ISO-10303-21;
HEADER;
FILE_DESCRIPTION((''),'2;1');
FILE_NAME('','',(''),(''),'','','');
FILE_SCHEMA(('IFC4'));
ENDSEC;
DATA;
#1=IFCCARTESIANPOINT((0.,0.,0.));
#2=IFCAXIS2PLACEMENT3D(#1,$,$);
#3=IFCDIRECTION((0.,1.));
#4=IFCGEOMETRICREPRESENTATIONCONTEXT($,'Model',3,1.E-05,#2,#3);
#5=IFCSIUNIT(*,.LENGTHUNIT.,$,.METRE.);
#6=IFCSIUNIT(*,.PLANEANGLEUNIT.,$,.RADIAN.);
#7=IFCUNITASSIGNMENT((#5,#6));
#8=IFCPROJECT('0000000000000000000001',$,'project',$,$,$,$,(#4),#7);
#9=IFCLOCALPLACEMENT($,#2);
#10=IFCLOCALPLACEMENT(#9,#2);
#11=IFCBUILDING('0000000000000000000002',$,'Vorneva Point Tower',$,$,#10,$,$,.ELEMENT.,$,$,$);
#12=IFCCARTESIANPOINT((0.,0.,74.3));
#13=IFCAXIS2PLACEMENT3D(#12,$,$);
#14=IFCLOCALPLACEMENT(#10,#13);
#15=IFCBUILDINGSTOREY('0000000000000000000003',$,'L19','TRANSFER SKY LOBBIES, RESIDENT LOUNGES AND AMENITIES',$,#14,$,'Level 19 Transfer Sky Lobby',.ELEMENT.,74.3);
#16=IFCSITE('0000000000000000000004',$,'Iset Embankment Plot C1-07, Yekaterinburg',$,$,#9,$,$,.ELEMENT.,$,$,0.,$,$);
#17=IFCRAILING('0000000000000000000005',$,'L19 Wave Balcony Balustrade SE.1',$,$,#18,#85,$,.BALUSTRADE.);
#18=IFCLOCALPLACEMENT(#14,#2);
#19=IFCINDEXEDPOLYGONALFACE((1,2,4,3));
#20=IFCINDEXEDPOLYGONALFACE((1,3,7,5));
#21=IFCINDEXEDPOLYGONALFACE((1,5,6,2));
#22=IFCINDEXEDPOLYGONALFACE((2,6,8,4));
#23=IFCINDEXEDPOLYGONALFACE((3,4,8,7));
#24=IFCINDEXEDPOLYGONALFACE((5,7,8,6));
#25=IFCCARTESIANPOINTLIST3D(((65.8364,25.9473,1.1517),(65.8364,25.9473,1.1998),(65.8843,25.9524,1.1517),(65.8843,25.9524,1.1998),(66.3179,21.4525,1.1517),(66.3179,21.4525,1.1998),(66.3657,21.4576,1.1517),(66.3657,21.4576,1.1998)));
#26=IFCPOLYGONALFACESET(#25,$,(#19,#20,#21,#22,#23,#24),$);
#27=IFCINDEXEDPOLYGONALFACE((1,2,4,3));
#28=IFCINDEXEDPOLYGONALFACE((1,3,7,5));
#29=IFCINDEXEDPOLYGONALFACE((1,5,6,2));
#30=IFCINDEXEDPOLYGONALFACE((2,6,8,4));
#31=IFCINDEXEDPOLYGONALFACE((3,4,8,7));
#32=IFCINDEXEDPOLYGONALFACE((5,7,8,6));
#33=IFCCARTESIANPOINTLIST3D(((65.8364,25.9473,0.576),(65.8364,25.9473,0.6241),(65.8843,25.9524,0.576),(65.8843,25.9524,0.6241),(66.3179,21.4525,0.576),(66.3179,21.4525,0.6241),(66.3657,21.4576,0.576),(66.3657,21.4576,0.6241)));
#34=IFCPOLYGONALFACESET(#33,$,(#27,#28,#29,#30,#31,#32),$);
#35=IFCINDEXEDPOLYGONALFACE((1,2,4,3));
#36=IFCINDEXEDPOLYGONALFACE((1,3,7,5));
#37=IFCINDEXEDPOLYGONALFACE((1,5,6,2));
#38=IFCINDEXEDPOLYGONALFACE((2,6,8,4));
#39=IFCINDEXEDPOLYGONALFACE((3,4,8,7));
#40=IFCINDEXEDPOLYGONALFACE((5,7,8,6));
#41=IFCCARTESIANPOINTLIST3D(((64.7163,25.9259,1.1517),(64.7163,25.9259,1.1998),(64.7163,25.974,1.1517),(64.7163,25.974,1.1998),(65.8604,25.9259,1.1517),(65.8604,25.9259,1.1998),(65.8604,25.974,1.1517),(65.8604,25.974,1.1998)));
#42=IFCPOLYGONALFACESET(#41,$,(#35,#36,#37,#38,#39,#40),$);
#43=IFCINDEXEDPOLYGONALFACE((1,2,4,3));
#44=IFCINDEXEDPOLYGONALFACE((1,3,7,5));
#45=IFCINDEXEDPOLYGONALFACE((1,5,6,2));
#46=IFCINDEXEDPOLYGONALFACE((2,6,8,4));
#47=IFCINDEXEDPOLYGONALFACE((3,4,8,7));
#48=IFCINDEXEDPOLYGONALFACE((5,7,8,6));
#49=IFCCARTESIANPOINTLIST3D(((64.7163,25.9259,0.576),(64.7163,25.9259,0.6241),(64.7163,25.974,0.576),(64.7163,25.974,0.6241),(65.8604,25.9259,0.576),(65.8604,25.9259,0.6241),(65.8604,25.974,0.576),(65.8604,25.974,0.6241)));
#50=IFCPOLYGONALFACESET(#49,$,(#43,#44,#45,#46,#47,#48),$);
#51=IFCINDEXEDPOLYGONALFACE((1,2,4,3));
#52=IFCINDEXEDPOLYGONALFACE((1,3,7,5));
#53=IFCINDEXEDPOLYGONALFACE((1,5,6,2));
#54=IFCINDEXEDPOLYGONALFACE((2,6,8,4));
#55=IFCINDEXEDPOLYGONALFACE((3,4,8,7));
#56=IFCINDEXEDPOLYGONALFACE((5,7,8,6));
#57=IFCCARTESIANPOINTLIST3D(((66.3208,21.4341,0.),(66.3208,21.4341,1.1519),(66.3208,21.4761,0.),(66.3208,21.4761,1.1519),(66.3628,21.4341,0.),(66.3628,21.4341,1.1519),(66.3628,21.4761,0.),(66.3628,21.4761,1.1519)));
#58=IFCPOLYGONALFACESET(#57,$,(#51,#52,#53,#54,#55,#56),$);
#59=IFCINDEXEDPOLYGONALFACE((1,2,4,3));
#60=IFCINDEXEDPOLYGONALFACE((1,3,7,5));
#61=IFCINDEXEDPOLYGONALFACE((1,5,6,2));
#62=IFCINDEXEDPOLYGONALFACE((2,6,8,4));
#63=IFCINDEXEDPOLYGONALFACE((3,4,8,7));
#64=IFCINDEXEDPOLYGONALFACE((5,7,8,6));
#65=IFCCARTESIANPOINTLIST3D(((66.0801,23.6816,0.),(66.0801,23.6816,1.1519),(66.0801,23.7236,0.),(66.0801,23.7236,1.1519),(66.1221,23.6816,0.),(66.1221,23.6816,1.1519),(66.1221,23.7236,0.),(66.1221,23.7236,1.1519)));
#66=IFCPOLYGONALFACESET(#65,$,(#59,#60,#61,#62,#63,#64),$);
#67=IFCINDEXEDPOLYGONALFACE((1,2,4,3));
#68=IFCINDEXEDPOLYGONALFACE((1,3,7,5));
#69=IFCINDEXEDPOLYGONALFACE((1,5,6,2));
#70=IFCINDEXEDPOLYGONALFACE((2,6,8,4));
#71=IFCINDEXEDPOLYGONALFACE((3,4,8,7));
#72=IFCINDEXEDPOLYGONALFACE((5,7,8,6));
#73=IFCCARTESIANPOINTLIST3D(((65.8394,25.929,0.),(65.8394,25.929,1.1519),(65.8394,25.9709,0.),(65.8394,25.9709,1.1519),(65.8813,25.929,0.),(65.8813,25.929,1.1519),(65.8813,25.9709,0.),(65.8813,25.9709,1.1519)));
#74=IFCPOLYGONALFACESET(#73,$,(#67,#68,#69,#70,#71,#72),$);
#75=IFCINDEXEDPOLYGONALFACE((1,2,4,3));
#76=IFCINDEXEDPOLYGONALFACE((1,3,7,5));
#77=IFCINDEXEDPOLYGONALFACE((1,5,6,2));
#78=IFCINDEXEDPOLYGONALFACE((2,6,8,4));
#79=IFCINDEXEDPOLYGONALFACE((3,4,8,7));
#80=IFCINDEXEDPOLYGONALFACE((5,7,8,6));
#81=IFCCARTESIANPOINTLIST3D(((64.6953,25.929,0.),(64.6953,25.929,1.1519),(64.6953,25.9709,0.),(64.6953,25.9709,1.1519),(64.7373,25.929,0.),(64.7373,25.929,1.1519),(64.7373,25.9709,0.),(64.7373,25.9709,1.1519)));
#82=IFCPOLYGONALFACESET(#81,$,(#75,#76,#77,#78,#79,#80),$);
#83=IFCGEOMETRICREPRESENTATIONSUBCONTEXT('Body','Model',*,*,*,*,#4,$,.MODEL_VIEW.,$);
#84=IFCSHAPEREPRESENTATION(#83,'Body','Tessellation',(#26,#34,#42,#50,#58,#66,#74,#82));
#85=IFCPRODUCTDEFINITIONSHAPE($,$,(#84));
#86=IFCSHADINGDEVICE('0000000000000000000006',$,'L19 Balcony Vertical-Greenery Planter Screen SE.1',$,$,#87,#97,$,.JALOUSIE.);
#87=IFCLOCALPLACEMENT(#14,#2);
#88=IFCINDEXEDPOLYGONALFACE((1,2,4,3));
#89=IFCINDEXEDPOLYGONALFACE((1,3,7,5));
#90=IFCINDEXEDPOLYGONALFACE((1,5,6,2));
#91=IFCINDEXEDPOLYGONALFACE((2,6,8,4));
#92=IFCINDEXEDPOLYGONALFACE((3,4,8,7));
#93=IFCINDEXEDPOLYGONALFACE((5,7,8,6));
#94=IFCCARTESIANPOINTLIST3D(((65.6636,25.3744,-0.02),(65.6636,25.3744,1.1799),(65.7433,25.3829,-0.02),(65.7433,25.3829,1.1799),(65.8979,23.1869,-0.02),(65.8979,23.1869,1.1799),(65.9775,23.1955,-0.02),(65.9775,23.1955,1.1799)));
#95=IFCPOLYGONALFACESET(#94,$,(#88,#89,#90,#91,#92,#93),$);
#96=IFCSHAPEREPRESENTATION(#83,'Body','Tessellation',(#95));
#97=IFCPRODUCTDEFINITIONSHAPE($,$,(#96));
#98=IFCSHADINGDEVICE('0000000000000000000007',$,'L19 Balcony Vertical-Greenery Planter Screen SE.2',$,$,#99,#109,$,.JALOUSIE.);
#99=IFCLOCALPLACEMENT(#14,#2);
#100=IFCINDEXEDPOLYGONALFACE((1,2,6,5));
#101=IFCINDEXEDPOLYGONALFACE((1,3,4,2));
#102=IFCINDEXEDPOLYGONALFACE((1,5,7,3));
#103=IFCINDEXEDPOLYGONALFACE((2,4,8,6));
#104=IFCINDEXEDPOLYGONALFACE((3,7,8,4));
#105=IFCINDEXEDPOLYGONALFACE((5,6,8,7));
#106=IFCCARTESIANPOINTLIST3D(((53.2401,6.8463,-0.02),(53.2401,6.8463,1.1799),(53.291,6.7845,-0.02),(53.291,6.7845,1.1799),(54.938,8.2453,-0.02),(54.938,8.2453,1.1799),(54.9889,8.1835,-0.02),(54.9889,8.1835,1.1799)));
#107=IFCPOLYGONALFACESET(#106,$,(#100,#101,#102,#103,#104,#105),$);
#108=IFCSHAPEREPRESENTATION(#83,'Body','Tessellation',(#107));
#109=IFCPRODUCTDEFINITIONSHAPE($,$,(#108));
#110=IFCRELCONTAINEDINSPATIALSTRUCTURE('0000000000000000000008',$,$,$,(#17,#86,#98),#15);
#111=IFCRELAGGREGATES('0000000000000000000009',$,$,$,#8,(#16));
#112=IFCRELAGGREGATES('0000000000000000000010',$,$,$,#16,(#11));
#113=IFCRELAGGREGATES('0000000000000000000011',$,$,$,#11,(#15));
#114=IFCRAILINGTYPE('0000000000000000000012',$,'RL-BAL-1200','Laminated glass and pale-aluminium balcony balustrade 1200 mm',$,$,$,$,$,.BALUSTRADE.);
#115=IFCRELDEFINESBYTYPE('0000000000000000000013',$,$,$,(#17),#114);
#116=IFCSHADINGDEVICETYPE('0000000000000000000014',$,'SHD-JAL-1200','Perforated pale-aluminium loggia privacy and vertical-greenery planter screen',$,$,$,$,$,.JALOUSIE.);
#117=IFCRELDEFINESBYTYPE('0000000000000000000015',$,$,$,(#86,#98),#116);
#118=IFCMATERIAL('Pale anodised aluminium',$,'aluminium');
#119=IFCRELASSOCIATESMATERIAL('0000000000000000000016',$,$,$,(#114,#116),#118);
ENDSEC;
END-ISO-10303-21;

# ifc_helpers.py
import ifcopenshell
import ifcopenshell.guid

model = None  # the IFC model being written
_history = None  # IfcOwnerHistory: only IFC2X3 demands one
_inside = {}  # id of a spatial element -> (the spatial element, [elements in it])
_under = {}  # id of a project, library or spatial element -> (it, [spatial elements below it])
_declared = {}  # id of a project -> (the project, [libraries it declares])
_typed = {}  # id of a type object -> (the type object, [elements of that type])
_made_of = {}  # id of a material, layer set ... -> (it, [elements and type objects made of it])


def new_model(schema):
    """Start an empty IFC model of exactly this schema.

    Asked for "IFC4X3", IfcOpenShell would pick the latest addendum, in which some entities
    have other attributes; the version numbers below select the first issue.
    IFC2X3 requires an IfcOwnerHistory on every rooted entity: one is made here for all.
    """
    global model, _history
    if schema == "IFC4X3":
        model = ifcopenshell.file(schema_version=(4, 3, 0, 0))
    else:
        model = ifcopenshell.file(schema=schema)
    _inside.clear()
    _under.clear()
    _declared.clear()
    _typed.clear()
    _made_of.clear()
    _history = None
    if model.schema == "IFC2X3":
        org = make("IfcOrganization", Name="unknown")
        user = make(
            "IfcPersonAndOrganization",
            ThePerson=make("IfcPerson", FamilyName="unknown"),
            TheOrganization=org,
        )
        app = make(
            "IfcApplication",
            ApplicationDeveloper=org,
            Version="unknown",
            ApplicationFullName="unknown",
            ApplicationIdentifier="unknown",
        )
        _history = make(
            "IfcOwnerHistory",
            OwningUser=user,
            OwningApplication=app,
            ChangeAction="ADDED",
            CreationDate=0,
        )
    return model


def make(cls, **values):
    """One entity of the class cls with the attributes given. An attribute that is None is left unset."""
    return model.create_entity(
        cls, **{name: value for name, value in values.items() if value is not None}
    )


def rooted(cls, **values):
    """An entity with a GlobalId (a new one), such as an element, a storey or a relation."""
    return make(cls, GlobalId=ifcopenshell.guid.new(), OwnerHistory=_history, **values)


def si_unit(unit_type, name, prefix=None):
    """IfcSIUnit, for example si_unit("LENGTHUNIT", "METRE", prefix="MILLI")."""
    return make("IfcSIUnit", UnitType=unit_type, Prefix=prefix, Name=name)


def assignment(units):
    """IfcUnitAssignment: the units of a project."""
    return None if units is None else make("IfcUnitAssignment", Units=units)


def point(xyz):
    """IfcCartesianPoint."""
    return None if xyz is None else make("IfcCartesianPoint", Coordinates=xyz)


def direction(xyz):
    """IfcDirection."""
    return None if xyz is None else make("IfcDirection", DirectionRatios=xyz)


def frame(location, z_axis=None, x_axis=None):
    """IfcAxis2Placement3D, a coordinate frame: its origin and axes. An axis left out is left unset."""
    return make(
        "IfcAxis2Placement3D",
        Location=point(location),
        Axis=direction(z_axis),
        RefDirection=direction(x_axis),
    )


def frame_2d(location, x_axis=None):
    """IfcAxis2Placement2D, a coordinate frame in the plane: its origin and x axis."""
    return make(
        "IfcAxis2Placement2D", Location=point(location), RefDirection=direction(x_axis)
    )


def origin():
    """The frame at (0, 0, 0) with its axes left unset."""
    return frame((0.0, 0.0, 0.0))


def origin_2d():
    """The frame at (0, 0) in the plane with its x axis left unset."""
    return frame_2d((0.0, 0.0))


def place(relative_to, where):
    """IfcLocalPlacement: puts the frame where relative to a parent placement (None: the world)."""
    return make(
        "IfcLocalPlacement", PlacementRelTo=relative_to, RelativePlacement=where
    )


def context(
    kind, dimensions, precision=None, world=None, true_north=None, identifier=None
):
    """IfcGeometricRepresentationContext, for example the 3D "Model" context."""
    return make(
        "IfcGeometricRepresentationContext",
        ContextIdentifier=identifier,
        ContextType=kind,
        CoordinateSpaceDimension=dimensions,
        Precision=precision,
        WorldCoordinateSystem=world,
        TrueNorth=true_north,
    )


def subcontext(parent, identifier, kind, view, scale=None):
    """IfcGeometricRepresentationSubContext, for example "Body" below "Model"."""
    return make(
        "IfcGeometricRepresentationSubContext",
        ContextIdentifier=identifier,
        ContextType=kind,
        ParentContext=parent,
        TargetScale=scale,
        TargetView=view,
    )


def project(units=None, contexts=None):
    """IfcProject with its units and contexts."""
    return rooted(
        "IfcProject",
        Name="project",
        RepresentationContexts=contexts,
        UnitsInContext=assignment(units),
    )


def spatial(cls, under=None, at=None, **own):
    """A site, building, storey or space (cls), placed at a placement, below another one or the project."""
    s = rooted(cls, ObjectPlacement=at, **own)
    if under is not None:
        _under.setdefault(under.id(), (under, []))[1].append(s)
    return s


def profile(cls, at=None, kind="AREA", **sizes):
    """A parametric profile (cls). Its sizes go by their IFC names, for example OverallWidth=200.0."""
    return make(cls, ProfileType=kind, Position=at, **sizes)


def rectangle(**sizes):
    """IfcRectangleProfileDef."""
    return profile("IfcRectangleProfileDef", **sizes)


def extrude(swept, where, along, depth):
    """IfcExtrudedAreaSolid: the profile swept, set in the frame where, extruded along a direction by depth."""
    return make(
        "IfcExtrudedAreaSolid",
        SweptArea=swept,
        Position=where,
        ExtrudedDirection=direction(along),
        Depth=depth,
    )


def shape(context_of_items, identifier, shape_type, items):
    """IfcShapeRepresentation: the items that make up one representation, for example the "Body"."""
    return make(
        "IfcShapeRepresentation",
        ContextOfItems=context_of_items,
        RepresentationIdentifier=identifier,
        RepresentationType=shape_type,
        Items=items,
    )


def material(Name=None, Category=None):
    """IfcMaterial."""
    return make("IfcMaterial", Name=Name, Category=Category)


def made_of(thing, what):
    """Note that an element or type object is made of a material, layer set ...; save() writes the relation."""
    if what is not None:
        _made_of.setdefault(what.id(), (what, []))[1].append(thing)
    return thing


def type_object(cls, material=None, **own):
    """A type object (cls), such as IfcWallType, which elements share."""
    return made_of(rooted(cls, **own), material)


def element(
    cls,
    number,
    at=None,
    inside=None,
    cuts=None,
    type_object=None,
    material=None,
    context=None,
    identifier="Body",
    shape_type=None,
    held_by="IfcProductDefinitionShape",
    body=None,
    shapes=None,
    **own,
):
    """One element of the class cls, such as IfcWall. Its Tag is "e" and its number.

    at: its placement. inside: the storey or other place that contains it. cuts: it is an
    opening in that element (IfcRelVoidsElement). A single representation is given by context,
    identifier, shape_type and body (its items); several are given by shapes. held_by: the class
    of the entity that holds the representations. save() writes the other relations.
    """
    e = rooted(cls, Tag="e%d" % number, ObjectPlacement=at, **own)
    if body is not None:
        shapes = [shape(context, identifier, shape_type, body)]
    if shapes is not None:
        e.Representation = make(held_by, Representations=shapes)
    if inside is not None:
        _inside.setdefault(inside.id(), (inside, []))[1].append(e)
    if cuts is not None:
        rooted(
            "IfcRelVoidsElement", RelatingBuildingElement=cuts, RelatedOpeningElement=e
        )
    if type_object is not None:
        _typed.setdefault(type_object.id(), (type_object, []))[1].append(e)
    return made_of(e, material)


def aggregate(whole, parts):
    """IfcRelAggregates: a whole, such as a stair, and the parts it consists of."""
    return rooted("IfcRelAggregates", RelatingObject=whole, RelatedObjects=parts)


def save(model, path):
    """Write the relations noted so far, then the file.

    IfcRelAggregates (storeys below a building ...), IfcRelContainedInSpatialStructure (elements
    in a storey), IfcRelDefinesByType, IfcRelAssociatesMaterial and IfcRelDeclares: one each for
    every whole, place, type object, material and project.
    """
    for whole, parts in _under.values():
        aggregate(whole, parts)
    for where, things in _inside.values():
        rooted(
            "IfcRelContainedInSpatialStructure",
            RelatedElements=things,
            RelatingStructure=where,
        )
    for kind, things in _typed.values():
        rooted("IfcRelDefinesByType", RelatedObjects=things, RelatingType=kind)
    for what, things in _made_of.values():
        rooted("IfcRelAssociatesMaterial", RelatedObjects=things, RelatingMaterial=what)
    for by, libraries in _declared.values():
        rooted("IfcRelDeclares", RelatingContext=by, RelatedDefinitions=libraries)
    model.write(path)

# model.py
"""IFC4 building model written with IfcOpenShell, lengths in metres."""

from ifc_helpers import new_model, si_unit, direction, frame, origin, origin_2d, place, context, subcontext, project, spatial, rectangle, extrude, material, type_object, element, save


model = new_model("IFC4")

# Units and contexts
model_context = context("Model", 3, precision=1e-05, world=origin(), true_north=direction((0.0, 1.0)))
body_context = subcontext(model_context, "Body", "Model", "MODEL_VIEW")
ifc_project = project(units=[si_unit("LENGTHUNIT", "METRE"), si_unit("PLANEANGLEUNIT", "RADIAN")], contexts=[model_context])

# Site, building, storey
site_placement = place(None, origin())
site = spatial("IfcSite", under=ifc_project, at=site_placement, Name="Iset Embankment Plot C1-07, Yekaterinburg", CompositionType="ELEMENT", RefElevation=0.0)
building_placement = place(site_placement, origin())
building = spatial("IfcBuilding", under=site, at=building_placement, Name="Vorneva Point Tower", CompositionType="ELEMENT")
storey_placement = place(building_placement, frame((0.0, 0.0, 74.3)))
storey = spatial("IfcBuildingStorey", under=building, at=storey_placement, Name="L19", Description="TRANSFER SKY LOBBIES, RESIDENT LOUNGES AND AMENITIES", LongName="Level 19 Transfer Sky Lobby", CompositionType="ELEMENT", Elevation=74.3)

# Shared definitions
ifc_material_1 = material(Name="Pale anodised aluminium", Category="aluminium")

# Railing
railing_type = type_object("IfcRailingType", Name="RL-BAL-1200", Description="Laminated glass and pale-aluminium balcony balustrade 1200 mm", PredefinedType="BALUSTRADE", material=ifc_material_1)
railing_placement = place(storey_placement, frame((66.3418, 21.4551, 0.0)))
element("IfcRailing", 1, at=railing_placement, inside=storey, type_object=railing_type, Name="L19 Wave Balcony Balustrade SE.1", PredefinedType="BALUSTRADE", context=body_context, shape_type="SweptSolid", body=[
    extrude(rectangle(XDim=0.0481, YDim=0.0481, at=origin_2d()), frame((0.0, 0.0, 1.1758), z_axis=(-0.106501, 0.994313, 0.0), x_axis=(-0.994313, -0.106501, 0.0)), (0.0, 0.0, 1.0), 4.5205),
    extrude(rectangle(XDim=0.0481, YDim=0.0481, at=origin_2d()), frame((0.0, 0.0, 0.6001), z_axis=(-0.106501, 0.994313, 0.0), x_axis=(-0.994313, -0.106501, 0.0)), (0.0, 0.0, 1.0), 4.5205),
    extrude(rectangle(XDim=0.0481, YDim=0.0481, at=origin_2d()), frame((-0.4814, 4.4949, 1.1758), z_axis=(-1.0, 0.0, 0.0), x_axis=(0.0, -1.0, 0.0)), (0.0, 0.0, 1.0), 1.144),
    extrude(rectangle(XDim=0.0481, YDim=0.0481, at=origin_2d()), frame((-0.4814, 4.4949, 0.6001), z_axis=(-1.0, 0.0, 0.0), x_axis=(0.0, -1.0, 0.0)), (0.0, 0.0, 1.0), 1.144),
    extrude(rectangle(XDim=0.042, YDim=0.042, at=origin_2d()), origin(), (0.0, 0.0, 1.0), 1.1519),
    extrude(rectangle(XDim=0.042, YDim=0.042, at=origin_2d()), frame((-0.2407, 2.2476, 0.0)), (0.0, 0.0, 1.0), 1.1519),
    extrude(rectangle(XDim=0.042, YDim=0.042, at=origin_2d()), frame((-0.4814, 4.4949, 0.0)), (0.0, 0.0, 1.0), 1.1519),
    extrude(rectangle(XDim=0.042, YDim=0.042, at=origin_2d()), frame((-1.6255, 4.4949, 0.0)), (0.0, 0.0, 1.0), 1.1519),
])

# Shading devices
shading_device_type = type_object("IfcShadingDeviceType", Name="SHD-JAL-1200", Description="Perforated pale-aluminium loggia privacy and vertical-greenery planter screen", PredefinedType="JALOUSIE", material=ifc_material_1)
for number, where, z_axis, x_axis, name in (
    (2, (65.8206, 24.2849, -0.02), (0.0, 0.0, 1.0), (-0.106472, 0.994316, 0.0), "L19 Balcony Vertical-Greenery Planter Screen SE.1"),
    (3, (54.1145, 7.5149, -0.02), (0.0, 0.0, 1.0), (0.77178, 0.63589, 0.0), "L19 Balcony Vertical-Greenery Planter Screen SE.2"),
):
    element("IfcShadingDevice", number, at=place(storey_placement, frame(where, z_axis=z_axis, x_axis=x_axis)), inside=storey, type_object=shading_device_type, Name=name, PredefinedType="JALOUSIE", context=body_context, shape_type="SweptSolid", body=[
        extrude(rectangle(XDim=2.2, YDim=0.0801, at=origin_2d()), origin(), (0.0, 0.0, 1.0), 1.2),
    ])

save(model, "model.ifc")
